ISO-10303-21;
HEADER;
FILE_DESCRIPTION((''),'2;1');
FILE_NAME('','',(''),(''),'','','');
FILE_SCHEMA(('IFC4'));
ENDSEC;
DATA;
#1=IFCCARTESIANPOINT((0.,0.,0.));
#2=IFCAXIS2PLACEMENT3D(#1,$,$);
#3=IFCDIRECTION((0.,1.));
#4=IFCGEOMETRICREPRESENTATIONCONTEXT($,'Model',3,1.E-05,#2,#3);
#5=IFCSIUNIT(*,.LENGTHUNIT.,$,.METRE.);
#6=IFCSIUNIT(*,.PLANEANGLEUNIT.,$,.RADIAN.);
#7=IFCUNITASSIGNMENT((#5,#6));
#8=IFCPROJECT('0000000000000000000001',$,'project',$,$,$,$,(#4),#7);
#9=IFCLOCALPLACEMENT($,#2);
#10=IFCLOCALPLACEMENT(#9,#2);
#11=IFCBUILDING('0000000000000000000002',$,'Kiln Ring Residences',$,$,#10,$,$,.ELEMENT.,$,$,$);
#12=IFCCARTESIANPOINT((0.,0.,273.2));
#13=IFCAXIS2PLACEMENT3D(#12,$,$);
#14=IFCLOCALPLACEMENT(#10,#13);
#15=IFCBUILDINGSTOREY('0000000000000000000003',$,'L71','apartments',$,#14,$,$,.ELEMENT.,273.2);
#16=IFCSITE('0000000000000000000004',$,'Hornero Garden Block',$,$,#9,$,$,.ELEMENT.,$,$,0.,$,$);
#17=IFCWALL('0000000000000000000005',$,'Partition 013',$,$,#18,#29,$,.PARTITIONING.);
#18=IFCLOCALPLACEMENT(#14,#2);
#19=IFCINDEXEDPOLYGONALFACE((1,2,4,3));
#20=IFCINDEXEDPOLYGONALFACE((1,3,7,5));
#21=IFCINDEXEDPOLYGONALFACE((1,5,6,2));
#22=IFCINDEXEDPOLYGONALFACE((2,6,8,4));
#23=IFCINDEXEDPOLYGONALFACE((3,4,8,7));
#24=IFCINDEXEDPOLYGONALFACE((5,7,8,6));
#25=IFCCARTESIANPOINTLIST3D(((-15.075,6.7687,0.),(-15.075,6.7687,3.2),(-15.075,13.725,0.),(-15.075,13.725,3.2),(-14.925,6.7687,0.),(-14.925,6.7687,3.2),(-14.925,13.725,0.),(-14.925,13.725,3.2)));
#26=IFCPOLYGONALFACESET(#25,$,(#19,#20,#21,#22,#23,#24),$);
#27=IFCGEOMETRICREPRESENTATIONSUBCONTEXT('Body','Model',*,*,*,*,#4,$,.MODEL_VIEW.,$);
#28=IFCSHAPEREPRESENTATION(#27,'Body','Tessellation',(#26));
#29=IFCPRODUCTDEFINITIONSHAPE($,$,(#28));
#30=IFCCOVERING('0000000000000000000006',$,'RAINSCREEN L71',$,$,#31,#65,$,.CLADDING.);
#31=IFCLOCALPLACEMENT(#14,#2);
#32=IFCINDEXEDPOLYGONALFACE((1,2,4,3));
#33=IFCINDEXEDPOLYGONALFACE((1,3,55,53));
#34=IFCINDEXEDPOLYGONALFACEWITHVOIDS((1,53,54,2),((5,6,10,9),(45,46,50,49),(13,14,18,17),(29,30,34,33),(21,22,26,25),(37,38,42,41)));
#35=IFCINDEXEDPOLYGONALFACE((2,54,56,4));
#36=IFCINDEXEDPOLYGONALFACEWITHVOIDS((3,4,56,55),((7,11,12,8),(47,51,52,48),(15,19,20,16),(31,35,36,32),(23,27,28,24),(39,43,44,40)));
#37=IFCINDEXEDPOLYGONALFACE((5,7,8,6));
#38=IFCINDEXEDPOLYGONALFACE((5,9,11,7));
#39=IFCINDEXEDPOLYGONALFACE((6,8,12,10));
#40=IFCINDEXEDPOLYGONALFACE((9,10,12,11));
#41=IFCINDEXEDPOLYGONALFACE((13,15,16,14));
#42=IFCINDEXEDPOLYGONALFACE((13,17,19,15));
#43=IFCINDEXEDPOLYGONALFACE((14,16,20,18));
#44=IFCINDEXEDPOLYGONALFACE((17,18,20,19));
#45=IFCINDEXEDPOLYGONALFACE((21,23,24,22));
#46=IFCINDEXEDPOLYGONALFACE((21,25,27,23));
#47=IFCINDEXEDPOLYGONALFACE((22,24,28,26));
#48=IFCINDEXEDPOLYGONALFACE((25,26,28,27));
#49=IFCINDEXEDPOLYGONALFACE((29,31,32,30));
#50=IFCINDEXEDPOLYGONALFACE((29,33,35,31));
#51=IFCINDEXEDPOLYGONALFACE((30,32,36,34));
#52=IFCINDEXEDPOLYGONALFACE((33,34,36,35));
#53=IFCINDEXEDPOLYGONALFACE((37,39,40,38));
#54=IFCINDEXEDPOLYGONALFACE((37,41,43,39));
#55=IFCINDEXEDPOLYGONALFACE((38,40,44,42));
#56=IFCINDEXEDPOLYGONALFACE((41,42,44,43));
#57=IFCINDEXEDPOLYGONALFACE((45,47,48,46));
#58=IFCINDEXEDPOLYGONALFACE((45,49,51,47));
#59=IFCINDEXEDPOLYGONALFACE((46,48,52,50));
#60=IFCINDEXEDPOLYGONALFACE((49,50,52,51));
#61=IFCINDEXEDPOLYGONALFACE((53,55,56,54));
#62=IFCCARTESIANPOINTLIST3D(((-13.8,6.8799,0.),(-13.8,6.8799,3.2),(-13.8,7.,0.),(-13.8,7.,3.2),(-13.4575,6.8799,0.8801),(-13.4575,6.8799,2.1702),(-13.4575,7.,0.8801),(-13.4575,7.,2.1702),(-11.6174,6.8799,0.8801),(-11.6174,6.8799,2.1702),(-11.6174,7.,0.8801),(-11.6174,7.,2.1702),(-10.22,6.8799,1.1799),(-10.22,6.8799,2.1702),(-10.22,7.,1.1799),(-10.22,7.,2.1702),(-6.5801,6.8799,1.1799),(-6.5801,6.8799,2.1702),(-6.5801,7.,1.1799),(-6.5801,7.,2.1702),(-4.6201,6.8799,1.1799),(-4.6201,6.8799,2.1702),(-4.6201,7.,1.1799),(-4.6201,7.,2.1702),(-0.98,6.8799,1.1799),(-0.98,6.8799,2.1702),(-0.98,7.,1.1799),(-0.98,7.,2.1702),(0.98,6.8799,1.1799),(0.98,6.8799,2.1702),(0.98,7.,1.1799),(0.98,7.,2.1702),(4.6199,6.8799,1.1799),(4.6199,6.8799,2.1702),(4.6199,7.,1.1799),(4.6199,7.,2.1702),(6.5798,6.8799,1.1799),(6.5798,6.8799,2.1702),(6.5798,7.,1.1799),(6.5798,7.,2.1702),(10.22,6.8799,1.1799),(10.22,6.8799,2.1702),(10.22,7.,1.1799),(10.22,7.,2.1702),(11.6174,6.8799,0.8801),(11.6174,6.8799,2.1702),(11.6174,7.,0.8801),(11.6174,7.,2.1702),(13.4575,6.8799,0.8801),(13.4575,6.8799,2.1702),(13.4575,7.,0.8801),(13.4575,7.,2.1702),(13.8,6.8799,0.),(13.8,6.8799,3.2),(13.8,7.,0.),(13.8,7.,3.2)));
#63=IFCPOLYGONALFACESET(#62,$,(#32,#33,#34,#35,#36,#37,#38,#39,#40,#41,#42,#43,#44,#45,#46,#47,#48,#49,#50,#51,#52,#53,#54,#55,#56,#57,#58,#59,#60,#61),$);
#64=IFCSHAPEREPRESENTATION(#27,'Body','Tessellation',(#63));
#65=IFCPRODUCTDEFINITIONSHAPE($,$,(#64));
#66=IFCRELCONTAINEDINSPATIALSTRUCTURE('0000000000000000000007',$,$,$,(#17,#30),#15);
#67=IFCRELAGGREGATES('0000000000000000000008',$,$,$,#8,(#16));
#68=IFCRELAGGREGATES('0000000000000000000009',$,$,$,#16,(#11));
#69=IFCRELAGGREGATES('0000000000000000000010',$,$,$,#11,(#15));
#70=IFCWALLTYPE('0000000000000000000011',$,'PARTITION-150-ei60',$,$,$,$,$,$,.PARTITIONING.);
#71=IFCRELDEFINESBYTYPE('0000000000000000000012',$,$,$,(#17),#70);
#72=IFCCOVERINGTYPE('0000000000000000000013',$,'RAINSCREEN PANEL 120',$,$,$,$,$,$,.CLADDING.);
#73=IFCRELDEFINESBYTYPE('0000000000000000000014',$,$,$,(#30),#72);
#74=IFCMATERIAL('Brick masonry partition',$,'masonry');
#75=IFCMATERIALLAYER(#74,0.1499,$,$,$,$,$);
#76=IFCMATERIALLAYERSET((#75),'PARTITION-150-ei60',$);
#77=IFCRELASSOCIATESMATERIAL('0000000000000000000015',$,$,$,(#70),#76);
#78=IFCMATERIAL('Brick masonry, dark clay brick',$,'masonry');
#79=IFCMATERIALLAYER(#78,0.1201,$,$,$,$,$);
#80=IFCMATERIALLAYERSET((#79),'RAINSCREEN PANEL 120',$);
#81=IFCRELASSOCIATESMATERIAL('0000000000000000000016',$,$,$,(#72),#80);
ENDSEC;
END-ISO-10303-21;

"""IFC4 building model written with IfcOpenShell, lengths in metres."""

from ifc_helpers import new_model, si_unit, direction, frame, frame_2d, origin, place, context, subcontext, project, spatial, polyline, rectangle, outline, extrude, material, layer, layer_set, type_object, element, save


model = new_model("IFC4")

# Units and contexts
model_context = context("Model", 3, precision=1e-05, world=origin(), true_north=direction((0.0, 1.0)))
body_context = subcontext(model_context, "Body", "Model", "MODEL_VIEW")
ifc_project = project(units=[si_unit("LENGTHUNIT", "METRE"), si_unit("PLANEANGLEUNIT", "RADIAN")], contexts=[model_context])

# Site, building, storey
site_placement = place(None, origin())
site = spatial("IfcSite", under=ifc_project, at=site_placement, Name="Hornero Garden Block", CompositionType="ELEMENT", RefElevation=0.0)
building_placement = place(site_placement, origin())
building = spatial("IfcBuilding", under=site, at=building_placement, Name="Kiln Ring Residences", CompositionType="ELEMENT")
storey_placement = place(building_placement, frame((0.0, 0.0, 273.2)))
storey = spatial("IfcBuildingStorey", under=building, at=storey_placement, Name="L71", Description="apartments", CompositionType="ELEMENT", Elevation=273.2)

# Wall
ifc_material_1 = material(Name="Brick masonry partition", Category="masonry")
ifc_layer_1 = layer(ifc_material_1, 0.1499)
ifc_layer_set_1 = layer_set([ifc_layer_1], Name="PARTITION-150-ei60")
wall_type_1 = type_object("IfcWallType", Name="PARTITION-150-ei60", PredefinedType="PARTITIONING", material=ifc_layer_set_1)
wall_1_placement = place(storey_placement, frame((-15.0, 6.7688, 0.0), z_axis=(0.0, 0.0, 1.0), x_axis=(0.0, 1.0, 0.0)))
element("IfcWall", 1, at=wall_1_placement, inside=storey, type_object=wall_type_1, Name="Partition 013", PredefinedType="PARTITIONING", context=body_context, shape_type="SweptSolid", body=[
    extrude(rectangle(XDim=6.9563, YDim=0.1499, at=frame_2d((3.478, 0.0))), origin(), (0.0, 0.0, 1.0), 3.2),
])

# Covering
ifc_material_2 = material(Name="Brick masonry, dark clay brick", Category="masonry")
ifc_layer_2 = layer(ifc_material_2, 0.1201)
ifc_layer_set_2 = layer_set([ifc_layer_2], Name="RAINSCREEN PANEL 120")
covering_type = type_object("IfcCoveringType", Name="RAINSCREEN PANEL 120", PredefinedType="CLADDING", material=ifc_layer_set_2)
covering_placement = place(storey_placement, frame((-13.8, 6.9399, 0.0), z_axis=(0.0, 0.0, 1.0), x_axis=(1.0, 0.0, 0.0)))
element("IfcCovering", 2, at=covering_placement, inside=storey, type_object=covering_type, Name="RAINSCREEN L71", PredefinedType="CLADDING", context=body_context, shape_type="SweptSolid", body=[
    extrude(outline(polyline([(0.0, 0.0), (27.6001, 0.0), (27.6001, 3.2), (0.0, 3.2), (0.0, 0.0)]), holes=[polyline([(2.1826, 0.8801), (2.1826, 2.1702), (0.3425, 2.1702), (0.3425, 0.8801), (2.1826, 0.8801)]), polyline([(25.4175, 0.8801), (27.2576, 0.8801), (27.2576, 2.1702), (25.4175, 2.1702), (25.4175, 0.8801)]), polyline([(3.5801, 1.1799), (7.22, 1.1799), (7.22, 2.1702), (3.5801, 2.1702), (3.5801, 1.1799)]), polyline([(12.8201, 1.1799), (12.8201, 2.1702), (9.1799, 2.1702), (9.1799, 1.1799), (12.8201, 1.1799)]), polyline([(14.78, 1.1799), (18.4199, 1.1799), (18.4199, 2.1702), (14.78, 2.1702), (14.78, 1.1799)]), polyline([(20.3799, 1.1799), (24.02, 1.1799), (24.02, 2.1702), (20.3799, 2.1702), (20.3799, 1.1799)])]), frame((0.0, 0.0601, 0.0), z_axis=(0.0, -1.0, 0.0), x_axis=(1.0, 0.0, 0.0)), (0.0, 0.0, 1.0), 0.1201),
])

save(model, "model.ifc")
